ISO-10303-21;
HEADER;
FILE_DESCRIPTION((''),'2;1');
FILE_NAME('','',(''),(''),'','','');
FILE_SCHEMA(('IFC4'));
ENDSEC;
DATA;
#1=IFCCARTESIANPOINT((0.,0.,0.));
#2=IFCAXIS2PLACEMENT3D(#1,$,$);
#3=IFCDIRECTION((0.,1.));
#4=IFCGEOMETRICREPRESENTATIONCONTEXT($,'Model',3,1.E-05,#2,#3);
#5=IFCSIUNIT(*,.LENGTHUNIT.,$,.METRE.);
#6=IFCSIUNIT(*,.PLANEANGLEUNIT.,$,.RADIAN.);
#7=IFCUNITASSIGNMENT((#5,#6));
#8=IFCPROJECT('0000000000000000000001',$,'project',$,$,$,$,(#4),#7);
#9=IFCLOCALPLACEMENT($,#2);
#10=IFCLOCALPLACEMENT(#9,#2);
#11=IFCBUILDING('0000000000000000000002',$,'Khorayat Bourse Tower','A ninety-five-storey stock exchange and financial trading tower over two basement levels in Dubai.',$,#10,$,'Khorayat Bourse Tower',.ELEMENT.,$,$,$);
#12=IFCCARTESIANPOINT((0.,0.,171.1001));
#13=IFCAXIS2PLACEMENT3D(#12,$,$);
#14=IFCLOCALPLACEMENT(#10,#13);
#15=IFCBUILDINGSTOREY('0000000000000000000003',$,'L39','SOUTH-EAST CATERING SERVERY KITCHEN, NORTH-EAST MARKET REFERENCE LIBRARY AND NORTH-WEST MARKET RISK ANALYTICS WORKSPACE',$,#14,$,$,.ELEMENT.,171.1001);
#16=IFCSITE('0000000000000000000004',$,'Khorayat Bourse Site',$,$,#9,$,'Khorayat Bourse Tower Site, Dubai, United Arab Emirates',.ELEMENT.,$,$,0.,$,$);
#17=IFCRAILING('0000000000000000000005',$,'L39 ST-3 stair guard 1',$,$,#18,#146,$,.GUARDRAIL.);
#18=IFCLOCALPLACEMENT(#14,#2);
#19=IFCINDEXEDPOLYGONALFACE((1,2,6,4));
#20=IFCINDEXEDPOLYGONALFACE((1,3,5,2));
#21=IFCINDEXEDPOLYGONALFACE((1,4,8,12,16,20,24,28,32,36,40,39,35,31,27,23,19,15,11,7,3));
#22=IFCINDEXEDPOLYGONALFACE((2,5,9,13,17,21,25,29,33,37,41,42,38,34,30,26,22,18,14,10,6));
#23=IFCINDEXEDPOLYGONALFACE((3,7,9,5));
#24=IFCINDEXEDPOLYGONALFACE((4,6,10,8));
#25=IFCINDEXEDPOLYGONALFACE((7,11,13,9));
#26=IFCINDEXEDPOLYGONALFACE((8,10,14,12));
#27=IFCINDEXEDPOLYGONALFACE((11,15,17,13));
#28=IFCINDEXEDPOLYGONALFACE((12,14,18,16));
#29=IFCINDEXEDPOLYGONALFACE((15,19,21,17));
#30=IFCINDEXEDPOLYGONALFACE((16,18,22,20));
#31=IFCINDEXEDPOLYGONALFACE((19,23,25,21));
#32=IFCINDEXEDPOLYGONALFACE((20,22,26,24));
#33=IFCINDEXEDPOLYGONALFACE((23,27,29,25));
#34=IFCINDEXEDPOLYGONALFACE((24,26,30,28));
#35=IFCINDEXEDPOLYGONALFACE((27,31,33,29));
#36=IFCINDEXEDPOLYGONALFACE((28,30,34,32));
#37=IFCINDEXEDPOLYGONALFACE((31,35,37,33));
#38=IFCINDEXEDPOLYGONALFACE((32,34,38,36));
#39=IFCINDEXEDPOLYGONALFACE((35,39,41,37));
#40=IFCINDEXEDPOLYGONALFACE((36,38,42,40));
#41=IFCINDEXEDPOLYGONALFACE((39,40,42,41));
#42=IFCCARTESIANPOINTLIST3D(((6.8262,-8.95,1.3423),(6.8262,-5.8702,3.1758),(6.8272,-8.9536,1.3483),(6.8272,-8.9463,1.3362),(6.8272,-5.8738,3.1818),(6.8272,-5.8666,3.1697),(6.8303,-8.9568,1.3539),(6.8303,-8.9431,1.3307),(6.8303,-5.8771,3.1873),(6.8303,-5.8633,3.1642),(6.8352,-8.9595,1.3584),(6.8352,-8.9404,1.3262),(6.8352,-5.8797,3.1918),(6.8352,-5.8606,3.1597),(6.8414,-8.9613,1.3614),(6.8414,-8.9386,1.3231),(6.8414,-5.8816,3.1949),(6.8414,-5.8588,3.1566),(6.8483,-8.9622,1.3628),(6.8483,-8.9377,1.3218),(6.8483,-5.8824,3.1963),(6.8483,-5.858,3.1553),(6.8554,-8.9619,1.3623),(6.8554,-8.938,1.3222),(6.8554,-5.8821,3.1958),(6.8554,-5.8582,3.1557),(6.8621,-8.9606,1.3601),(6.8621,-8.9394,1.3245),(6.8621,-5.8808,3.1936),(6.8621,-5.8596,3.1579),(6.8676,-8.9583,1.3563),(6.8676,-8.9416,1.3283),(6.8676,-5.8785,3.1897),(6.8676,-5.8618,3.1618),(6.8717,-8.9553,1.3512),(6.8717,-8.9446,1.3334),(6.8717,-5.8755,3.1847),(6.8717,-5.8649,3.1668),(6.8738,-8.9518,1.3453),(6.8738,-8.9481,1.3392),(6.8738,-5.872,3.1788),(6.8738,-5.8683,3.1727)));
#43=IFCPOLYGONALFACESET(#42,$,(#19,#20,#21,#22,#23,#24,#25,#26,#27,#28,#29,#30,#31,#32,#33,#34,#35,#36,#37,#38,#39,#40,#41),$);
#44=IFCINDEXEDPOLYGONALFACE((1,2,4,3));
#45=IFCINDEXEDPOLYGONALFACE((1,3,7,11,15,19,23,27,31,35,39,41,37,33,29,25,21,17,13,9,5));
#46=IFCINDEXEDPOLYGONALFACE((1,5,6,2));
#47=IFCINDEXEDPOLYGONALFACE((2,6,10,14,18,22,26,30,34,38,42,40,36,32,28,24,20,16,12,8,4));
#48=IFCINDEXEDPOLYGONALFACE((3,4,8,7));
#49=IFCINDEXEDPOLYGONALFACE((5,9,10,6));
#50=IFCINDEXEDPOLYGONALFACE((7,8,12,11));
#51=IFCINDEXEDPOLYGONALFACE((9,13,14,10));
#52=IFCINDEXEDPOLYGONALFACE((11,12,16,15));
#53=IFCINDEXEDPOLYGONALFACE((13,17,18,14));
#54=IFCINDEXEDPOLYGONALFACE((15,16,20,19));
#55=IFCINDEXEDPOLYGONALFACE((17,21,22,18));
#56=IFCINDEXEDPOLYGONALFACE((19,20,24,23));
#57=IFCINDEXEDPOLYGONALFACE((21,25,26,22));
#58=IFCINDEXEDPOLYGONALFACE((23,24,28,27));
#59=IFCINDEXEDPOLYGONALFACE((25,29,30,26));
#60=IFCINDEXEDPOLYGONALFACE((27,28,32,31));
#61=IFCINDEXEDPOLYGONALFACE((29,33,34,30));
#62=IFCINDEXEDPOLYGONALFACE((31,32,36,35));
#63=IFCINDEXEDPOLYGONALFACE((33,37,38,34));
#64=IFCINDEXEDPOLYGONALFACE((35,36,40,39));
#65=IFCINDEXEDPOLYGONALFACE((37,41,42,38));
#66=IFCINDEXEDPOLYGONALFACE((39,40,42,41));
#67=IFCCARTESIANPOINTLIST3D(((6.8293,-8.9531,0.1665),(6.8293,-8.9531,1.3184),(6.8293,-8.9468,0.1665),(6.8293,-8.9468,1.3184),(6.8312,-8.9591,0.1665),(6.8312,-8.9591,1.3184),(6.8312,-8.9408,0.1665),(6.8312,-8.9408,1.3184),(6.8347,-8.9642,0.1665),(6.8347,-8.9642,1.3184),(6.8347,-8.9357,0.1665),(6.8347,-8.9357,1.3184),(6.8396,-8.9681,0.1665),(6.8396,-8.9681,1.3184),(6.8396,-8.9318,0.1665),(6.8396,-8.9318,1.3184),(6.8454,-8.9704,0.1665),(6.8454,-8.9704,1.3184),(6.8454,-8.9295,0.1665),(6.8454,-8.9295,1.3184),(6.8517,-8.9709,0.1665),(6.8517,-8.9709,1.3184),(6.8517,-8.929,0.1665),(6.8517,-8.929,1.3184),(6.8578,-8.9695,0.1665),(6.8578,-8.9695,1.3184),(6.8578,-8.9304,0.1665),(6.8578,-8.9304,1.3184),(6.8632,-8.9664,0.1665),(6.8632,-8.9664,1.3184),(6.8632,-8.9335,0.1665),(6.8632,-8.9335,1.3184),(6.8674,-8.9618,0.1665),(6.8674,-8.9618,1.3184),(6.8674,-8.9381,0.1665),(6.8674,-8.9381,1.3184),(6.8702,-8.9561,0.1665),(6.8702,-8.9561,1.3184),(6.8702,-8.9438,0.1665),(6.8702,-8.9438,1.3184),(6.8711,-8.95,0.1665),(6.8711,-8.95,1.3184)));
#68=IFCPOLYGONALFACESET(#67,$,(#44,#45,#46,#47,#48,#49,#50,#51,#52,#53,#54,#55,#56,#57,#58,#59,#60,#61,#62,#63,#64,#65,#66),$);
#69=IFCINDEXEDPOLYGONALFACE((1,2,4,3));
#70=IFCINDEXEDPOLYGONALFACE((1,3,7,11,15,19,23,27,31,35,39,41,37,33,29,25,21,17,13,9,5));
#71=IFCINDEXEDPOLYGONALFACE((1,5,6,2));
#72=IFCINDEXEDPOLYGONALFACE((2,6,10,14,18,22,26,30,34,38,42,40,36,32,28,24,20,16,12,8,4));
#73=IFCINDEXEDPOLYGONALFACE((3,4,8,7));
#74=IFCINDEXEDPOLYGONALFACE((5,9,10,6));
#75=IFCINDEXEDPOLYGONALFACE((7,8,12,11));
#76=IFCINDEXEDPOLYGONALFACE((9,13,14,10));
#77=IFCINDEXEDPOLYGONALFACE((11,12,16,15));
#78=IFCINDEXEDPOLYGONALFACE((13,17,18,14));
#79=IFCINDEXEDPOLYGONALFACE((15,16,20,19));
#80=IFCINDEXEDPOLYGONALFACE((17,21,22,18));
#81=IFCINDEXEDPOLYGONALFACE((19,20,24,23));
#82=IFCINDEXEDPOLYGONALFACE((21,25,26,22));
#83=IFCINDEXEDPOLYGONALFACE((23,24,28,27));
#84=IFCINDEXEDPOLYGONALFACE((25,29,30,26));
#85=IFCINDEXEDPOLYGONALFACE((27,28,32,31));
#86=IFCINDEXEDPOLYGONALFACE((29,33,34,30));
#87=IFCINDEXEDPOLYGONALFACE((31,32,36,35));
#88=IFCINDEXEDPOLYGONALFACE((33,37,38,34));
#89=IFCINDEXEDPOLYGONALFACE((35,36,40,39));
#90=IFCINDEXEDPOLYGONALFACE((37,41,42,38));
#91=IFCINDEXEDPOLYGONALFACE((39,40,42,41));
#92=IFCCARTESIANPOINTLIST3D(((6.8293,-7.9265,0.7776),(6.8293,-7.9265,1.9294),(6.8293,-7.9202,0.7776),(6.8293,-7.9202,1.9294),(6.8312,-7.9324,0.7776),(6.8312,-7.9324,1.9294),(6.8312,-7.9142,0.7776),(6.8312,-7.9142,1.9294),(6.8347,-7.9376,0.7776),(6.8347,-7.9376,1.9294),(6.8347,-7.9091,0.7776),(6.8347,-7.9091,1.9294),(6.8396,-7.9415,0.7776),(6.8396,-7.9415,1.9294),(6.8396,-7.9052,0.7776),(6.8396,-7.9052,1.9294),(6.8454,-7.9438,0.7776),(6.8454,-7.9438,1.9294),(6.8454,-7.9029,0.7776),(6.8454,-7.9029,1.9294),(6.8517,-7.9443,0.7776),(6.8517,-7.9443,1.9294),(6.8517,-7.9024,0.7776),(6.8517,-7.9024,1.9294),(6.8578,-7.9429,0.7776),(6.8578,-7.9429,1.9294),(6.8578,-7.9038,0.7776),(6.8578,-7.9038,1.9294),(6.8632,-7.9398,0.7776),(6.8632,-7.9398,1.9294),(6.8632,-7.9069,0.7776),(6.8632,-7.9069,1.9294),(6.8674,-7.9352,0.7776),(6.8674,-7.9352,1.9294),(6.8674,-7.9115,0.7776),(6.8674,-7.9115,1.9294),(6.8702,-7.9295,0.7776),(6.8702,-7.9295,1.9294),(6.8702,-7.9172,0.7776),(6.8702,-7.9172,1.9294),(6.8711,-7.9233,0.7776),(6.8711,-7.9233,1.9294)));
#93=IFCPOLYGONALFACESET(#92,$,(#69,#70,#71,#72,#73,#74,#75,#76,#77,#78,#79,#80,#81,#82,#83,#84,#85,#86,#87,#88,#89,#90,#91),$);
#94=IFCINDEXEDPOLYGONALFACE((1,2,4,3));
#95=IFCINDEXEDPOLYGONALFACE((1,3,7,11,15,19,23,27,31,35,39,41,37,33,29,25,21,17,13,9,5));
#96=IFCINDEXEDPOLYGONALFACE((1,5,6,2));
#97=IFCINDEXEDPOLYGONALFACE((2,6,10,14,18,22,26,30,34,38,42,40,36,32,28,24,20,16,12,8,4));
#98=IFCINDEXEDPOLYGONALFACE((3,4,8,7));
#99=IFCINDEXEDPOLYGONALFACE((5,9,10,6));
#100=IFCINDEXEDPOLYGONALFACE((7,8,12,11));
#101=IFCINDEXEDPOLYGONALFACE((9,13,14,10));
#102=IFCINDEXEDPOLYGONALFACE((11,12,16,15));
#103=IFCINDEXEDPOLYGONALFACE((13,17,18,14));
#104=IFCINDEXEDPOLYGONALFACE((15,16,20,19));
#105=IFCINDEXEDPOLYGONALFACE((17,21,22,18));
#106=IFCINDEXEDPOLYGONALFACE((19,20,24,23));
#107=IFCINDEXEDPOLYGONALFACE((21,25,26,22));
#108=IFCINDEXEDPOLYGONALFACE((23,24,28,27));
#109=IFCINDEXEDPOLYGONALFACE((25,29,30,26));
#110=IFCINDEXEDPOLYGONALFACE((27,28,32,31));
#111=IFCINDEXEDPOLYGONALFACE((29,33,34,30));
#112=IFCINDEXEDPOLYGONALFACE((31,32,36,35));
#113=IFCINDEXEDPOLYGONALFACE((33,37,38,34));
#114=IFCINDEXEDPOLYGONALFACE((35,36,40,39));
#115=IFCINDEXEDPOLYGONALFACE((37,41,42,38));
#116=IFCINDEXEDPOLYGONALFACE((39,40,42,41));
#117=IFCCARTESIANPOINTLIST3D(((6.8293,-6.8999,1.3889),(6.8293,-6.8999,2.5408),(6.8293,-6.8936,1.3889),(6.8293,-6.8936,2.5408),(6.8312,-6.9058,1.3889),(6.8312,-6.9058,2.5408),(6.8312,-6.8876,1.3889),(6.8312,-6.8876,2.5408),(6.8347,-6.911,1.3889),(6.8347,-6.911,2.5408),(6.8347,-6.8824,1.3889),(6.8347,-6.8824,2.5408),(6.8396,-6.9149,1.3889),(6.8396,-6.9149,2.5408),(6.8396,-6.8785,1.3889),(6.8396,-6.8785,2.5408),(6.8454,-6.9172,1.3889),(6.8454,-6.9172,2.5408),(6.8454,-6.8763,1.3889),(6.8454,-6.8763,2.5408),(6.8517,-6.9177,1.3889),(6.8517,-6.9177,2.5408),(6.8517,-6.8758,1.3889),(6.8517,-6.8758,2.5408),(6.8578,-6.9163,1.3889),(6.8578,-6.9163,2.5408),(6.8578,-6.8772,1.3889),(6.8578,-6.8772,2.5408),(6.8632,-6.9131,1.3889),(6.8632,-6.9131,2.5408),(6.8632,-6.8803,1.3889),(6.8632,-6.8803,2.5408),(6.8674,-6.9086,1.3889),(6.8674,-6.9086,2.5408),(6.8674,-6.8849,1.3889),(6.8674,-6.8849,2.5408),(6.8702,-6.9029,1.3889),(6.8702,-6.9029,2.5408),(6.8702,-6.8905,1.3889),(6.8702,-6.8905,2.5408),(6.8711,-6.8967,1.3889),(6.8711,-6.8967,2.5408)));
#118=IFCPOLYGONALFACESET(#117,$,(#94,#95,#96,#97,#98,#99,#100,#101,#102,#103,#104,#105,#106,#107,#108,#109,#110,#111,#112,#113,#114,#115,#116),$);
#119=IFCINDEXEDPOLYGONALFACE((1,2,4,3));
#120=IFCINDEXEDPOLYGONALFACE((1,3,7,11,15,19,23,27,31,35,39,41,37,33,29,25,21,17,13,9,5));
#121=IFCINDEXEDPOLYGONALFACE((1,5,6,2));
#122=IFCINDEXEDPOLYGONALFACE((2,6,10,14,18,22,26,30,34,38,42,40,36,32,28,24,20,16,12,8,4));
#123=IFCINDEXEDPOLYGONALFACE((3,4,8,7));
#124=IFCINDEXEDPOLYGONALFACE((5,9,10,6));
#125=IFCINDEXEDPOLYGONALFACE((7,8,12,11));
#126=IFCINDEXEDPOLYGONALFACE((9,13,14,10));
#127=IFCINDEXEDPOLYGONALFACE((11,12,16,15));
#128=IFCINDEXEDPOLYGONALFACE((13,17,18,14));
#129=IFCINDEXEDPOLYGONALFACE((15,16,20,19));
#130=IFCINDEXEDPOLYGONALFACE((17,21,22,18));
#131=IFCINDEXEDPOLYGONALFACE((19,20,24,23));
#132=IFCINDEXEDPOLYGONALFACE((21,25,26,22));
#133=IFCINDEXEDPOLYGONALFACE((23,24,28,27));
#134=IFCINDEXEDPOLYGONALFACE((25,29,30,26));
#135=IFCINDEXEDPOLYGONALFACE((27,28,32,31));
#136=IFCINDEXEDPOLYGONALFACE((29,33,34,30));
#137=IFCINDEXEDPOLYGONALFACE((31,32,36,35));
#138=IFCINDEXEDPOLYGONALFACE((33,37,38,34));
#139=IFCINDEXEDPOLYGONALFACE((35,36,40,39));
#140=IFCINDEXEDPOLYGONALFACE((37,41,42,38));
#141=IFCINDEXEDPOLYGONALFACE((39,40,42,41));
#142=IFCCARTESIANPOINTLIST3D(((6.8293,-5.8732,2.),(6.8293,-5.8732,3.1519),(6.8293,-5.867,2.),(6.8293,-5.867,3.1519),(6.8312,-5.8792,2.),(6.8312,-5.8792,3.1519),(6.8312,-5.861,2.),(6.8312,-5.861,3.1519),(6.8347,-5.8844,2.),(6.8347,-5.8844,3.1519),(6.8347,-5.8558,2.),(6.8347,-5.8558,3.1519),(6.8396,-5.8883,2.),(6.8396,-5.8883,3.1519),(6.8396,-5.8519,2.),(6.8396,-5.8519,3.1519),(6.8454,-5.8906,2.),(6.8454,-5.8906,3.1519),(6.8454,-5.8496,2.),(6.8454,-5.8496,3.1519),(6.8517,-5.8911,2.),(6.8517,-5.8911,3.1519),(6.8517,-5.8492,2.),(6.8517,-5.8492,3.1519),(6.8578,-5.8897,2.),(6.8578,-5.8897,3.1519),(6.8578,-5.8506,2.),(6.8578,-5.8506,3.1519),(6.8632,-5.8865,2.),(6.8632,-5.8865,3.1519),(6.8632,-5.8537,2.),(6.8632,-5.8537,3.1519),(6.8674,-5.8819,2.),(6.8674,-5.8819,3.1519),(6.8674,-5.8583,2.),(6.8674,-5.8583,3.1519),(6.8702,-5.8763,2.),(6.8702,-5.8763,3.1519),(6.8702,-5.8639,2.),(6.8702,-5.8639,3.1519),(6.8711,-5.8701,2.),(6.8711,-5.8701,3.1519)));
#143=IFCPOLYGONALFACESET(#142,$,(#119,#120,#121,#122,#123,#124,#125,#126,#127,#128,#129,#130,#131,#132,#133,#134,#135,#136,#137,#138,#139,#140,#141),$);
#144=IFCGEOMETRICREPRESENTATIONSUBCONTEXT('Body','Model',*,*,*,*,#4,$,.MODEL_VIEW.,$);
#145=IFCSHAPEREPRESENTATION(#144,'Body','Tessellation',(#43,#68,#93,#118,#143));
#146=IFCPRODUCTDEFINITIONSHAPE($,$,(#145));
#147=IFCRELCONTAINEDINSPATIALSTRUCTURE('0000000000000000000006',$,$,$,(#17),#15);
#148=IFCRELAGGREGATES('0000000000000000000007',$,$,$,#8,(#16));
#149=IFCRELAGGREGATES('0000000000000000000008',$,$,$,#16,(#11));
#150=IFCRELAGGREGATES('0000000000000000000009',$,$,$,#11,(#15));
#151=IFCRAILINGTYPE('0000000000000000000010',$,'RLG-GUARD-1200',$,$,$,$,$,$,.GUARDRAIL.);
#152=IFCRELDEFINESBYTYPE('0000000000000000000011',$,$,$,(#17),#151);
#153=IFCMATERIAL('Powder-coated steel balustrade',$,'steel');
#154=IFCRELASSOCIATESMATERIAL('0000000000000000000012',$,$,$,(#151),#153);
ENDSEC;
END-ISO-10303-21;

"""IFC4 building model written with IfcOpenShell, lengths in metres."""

from ifc_helpers import new_model, si_unit, direction, frame, origin, origin_2d, place, context, subcontext, project, spatial, circle, extrude, source, transform, mapped, material, type_object, element, save


model = new_model("IFC4")

# Units and contexts
model_context = context("Model", 3, precision=1e-05, world=origin(), true_north=direction((0.0, 1.0)))
body_context = subcontext(model_context, "Body", "Model", "MODEL_VIEW")
ifc_project = project(units=[si_unit("LENGTHUNIT", "METRE"), si_unit("PLANEANGLEUNIT", "RADIAN")], contexts=[model_context])

# Site, building, storey
site_placement = place(None, origin())
site = spatial("IfcSite", under=ifc_project, at=site_placement, Name="Khorayat Bourse Site", LongName="Khorayat Bourse Tower Site, Dubai, United Arab Emirates", CompositionType="ELEMENT", RefElevation=0.0)
building_placement = place(site_placement, origin())
building = spatial("IfcBuilding", under=site, at=building_placement, Name="Khorayat Bourse Tower", Description="A ninety-five-storey stock exchange and financial trading tower over two basement levels in Dubai.", LongName="Khorayat Bourse Tower", CompositionType="ELEMENT")
storey_placement = place(building_placement, frame((0.0, 0.0, 171.1001)))
storey = spatial("IfcBuildingStorey", under=building, at=storey_placement, Name="L39", Description="SOUTH-EAST CATERING SERVERY KITCHEN, NORTH-EAST MARKET REFERENCE LIBRARY AND NORTH-WEST MARKET RISK ANALYTICS WORKSPACE", CompositionType="ELEMENT", Elevation=171.1001)

# Railing
ifc_material_1 = material(Name="Powder-coated steel balustrade", Category="steel")
railing_type_1 = type_object("IfcRailingType", Name="RLG-GUARD-1200", PredefinedType="GUARDRAIL", material=ifc_material_1)
shared_shape_1 = source(origin(), body_context, "Body", "SweptSolid", [
    extrude(circle(Radius=0.0239, at=origin_2d()), frame((0.0, 0.0, 1.1758), z_axis=(0.0, 0.859261, 0.511538), x_axis=(-1.0, 0.0, 0.0)), (0.0, 0.0, 1.0), 3.5842),
    extrude(circle(Radius=0.021, at=origin_2d()), origin(), (0.0, 0.0, 1.0), 1.1519),
    extrude(circle(Radius=0.021, at=origin_2d()), frame((0.0, 1.0266, 0.6111)), (0.0, 0.0, 1.0), 1.1519),
    extrude(circle(Radius=0.021, at=origin_2d()), frame((0.0, 2.0532, 1.2224)), (0.0, 0.0, 1.0), 1.1519),
    extrude(circle(Radius=0.021, at=origin_2d()), frame((0.0, 3.0798, 1.8335)), (0.0, 0.0, 1.0), 1.1519),
])
railing_1_placement = place(storey_placement, frame((6.8501, -8.95, 0.1665)))
element("IfcRailing", 1, at=railing_1_placement, inside=storey, type_object=railing_type_1, Name="L39 ST-3 stair guard 1", PredefinedType="GUARDRAIL", context=body_context, shape_type="MappedRepresentation", body=[
    mapped(shared_shape_1, transform((0.0, 0.0, 0.0), scale=1.0)),
])

save(model, "model.ifc")
